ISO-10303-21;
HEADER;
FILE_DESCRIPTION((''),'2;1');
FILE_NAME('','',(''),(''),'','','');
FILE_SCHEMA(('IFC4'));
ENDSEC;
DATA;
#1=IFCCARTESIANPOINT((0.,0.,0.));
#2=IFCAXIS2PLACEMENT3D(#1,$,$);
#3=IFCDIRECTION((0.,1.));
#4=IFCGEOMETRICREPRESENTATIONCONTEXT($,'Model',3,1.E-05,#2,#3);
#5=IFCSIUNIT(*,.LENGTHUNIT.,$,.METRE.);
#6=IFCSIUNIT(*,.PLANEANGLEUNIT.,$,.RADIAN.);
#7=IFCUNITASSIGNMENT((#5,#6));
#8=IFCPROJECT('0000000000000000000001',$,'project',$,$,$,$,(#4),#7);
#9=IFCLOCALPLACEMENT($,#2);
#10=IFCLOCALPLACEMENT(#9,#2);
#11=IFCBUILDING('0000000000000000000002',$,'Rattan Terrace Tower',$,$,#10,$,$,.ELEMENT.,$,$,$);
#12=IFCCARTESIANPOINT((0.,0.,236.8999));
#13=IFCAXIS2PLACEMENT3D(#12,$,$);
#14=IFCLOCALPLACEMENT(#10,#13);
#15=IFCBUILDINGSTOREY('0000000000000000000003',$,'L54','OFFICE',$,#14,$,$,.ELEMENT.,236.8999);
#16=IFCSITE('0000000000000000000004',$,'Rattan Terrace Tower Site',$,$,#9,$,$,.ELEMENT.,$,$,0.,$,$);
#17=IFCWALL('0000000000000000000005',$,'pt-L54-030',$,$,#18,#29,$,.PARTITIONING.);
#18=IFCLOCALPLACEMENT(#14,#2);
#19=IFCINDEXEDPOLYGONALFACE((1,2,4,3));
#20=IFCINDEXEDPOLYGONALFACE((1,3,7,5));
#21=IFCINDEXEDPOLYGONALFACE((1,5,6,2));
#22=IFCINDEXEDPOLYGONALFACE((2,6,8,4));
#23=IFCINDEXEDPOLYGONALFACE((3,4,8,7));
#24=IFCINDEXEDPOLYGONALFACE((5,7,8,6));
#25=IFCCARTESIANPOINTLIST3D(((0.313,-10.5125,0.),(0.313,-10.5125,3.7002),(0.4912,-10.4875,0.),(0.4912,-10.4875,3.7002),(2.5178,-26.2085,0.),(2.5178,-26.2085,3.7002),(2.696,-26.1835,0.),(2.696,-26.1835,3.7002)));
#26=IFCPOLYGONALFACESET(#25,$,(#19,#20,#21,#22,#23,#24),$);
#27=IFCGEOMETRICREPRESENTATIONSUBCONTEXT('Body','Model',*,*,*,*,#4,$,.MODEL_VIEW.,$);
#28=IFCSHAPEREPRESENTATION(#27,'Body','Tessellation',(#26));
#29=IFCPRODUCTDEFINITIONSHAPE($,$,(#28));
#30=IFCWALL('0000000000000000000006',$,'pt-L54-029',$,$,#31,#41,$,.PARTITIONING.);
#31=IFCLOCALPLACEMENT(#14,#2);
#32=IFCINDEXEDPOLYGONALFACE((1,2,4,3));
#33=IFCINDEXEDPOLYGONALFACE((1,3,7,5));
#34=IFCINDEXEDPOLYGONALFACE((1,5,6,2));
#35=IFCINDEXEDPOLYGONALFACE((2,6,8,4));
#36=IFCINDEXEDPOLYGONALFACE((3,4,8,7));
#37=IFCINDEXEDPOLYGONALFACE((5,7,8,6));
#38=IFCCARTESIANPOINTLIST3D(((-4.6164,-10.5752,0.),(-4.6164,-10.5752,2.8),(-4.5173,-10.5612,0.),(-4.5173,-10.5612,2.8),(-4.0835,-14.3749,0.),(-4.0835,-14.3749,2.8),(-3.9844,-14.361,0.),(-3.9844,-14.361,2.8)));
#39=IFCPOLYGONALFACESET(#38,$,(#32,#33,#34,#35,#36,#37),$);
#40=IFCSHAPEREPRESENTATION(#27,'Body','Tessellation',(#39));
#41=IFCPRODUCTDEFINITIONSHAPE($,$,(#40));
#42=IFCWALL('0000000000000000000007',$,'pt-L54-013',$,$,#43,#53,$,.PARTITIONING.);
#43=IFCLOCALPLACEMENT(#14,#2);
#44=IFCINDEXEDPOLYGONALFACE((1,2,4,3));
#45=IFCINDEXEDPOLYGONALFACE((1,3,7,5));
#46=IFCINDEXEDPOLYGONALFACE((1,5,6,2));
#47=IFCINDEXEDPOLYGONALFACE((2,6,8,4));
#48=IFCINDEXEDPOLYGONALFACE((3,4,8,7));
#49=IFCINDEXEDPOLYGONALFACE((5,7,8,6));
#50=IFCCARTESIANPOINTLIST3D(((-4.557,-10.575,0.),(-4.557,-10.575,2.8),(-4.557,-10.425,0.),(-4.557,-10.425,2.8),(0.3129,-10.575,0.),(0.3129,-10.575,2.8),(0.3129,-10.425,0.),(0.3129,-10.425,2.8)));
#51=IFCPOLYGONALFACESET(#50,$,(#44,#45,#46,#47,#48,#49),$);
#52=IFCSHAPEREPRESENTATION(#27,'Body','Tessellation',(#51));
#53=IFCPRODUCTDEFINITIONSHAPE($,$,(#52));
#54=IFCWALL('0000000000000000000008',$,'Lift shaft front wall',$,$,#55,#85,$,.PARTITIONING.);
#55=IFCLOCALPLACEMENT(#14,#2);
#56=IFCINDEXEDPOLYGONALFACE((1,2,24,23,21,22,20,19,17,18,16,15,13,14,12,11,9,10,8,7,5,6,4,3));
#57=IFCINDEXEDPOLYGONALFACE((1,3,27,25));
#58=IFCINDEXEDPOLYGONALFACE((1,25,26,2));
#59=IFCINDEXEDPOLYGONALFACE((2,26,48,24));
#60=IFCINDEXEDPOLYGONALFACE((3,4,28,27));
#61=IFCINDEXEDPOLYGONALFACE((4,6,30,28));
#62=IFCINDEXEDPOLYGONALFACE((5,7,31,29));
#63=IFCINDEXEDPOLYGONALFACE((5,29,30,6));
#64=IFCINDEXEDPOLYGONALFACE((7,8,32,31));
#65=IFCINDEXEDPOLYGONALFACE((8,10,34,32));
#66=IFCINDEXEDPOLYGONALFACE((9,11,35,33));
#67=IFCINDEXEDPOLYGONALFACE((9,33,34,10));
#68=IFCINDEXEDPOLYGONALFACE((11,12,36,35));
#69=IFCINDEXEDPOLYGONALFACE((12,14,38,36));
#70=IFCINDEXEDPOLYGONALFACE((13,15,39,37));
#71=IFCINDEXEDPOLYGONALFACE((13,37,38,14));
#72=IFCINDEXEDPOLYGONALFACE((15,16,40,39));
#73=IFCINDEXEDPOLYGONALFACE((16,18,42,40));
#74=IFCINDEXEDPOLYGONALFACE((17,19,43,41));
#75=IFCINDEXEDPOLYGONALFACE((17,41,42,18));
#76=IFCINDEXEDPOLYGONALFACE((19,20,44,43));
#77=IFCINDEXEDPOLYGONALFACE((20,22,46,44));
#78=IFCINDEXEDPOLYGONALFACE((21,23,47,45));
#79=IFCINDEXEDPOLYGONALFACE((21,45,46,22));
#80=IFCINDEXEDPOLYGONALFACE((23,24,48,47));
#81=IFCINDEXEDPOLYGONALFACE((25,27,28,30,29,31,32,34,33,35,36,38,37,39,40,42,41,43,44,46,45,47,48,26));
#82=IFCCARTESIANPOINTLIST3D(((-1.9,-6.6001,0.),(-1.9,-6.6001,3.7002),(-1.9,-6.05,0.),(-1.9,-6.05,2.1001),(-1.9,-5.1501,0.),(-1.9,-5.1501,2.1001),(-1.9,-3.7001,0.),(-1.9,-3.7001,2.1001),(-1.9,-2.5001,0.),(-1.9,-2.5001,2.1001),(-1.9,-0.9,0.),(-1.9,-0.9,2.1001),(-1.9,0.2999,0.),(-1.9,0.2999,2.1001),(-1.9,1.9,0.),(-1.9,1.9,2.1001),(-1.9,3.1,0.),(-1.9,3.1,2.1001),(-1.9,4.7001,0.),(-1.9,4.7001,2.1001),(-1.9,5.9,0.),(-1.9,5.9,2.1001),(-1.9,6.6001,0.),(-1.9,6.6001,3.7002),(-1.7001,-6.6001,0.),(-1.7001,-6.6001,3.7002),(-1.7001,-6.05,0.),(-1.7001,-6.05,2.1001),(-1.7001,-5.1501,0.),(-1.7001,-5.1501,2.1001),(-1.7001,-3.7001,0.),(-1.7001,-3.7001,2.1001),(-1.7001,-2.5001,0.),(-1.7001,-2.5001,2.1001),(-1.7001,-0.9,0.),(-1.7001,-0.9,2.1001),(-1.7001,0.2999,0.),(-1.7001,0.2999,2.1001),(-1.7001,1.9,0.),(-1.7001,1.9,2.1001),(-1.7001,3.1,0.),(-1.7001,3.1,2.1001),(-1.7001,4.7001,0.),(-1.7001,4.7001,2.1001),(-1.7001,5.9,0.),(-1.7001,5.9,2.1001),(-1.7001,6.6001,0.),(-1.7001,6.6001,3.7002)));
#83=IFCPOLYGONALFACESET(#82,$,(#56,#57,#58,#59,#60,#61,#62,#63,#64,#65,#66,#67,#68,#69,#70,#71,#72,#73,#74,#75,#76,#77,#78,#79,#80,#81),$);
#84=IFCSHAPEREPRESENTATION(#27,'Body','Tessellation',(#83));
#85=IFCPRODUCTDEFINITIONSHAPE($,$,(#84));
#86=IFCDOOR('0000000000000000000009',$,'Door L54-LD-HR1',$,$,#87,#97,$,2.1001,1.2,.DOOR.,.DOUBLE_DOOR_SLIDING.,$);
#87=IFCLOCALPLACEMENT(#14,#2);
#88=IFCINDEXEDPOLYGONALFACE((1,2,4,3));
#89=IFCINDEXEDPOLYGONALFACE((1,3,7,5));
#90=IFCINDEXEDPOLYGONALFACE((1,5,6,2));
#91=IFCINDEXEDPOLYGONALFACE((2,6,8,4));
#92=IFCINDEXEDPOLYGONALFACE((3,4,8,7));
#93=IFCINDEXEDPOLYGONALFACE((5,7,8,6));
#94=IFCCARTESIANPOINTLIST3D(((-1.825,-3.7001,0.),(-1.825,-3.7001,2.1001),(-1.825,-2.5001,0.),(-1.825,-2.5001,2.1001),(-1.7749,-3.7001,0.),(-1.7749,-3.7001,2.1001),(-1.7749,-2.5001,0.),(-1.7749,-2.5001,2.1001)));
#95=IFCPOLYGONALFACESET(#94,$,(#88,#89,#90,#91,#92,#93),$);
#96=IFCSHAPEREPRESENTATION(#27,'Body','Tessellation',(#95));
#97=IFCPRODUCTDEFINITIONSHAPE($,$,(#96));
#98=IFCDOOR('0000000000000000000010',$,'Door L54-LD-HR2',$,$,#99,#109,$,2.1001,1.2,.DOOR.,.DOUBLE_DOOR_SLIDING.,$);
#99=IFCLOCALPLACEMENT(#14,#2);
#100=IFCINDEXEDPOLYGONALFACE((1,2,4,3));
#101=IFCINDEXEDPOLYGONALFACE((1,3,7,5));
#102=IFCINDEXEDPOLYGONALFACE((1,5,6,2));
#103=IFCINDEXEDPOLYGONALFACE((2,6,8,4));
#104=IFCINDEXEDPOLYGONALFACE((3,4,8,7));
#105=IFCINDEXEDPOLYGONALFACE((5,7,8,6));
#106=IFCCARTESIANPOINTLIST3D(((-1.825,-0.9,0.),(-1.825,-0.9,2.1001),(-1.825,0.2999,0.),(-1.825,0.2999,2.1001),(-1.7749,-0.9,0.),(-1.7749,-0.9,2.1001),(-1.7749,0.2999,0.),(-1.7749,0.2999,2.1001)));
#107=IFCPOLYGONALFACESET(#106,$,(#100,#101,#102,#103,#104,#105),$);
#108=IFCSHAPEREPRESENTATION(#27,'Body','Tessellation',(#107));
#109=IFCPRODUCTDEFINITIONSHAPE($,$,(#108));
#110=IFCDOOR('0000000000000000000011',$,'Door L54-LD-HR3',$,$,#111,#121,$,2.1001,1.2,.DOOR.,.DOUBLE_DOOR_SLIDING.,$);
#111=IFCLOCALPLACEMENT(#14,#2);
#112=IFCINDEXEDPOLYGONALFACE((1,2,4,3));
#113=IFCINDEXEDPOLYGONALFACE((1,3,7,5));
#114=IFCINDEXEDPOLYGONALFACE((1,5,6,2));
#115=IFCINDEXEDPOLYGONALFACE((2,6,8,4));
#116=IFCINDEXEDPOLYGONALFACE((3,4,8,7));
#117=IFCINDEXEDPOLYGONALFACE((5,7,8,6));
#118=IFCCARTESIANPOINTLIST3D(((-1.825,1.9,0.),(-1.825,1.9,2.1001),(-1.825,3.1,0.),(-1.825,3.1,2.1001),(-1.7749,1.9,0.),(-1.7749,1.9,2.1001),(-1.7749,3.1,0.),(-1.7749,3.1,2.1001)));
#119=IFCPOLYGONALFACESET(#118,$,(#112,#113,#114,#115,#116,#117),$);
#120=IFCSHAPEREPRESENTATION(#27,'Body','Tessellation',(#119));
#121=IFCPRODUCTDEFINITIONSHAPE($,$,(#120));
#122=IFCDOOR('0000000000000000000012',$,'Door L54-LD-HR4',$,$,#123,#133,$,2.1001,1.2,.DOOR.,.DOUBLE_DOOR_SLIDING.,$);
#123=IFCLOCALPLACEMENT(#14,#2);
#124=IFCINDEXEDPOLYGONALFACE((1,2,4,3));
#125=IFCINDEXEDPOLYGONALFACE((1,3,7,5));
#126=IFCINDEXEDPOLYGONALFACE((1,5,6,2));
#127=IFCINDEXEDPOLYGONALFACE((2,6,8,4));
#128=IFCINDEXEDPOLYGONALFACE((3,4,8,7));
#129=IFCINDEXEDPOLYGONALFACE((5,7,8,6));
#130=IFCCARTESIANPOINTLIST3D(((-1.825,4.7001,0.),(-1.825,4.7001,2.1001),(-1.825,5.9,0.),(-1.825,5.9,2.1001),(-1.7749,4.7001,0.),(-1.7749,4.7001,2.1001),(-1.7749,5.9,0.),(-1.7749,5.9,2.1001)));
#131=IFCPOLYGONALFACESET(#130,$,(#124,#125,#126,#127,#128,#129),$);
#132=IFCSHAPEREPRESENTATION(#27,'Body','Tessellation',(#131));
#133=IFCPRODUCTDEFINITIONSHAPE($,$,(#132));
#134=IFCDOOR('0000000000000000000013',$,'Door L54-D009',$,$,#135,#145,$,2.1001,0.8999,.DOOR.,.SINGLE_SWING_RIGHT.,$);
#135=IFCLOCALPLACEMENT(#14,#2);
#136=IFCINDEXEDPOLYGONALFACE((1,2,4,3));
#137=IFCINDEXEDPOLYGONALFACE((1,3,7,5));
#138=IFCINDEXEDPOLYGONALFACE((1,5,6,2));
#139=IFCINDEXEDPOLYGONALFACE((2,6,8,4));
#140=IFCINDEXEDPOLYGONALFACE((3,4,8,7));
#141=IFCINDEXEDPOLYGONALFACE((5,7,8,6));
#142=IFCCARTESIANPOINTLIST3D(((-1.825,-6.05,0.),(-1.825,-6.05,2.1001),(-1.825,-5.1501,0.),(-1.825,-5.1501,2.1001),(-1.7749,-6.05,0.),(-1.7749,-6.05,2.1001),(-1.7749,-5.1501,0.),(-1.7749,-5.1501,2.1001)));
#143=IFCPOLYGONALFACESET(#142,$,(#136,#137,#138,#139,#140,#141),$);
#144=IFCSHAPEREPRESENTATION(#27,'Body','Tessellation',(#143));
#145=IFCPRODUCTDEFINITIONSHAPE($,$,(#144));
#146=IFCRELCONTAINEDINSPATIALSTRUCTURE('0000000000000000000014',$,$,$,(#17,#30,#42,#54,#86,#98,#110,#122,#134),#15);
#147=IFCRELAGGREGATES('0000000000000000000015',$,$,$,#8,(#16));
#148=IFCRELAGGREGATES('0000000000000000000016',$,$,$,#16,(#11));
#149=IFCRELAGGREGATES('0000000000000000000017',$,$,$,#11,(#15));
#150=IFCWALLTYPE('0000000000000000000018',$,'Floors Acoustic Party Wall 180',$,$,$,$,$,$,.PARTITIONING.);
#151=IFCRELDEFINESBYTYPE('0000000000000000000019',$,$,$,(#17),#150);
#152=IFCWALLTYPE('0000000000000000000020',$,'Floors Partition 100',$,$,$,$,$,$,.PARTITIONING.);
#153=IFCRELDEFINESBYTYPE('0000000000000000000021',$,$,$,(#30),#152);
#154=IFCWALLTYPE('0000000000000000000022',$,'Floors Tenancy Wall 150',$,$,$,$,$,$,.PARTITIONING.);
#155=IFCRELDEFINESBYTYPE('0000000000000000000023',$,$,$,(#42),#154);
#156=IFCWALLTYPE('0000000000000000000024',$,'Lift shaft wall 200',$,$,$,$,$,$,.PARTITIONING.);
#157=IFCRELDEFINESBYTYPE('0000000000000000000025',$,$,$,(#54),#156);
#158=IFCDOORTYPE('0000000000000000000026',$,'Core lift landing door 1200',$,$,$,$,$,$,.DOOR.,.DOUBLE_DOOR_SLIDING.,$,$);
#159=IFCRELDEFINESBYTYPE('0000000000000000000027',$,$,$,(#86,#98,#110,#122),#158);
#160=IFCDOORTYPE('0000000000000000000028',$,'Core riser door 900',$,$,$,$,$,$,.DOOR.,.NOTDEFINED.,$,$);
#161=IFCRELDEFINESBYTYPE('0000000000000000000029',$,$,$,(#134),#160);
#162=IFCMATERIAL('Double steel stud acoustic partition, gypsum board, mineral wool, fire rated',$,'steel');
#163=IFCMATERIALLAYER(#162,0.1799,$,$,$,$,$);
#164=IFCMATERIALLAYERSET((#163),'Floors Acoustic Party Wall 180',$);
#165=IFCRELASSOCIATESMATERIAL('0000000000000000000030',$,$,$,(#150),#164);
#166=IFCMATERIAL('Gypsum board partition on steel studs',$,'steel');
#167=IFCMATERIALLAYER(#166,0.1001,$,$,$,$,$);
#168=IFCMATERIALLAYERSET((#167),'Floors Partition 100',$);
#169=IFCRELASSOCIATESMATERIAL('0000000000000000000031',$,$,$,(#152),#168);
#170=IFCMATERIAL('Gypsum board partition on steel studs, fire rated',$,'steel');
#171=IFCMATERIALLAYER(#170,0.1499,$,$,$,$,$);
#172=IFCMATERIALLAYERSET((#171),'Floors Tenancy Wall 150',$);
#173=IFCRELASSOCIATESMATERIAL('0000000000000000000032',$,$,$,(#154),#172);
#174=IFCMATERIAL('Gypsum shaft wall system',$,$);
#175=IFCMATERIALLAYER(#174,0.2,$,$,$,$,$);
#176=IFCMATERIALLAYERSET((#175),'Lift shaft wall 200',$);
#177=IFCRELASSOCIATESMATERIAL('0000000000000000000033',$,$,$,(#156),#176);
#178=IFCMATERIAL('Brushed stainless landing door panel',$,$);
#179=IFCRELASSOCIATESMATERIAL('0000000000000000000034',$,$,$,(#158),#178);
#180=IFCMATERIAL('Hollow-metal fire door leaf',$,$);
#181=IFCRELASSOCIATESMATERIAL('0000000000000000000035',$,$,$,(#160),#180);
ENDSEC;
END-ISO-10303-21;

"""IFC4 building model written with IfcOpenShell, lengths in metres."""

from ifc_helpers import new_model, si_unit, direction, frame, frame_2d, origin, place, context, subcontext, project, spatial, rectangle, extrude, material, layer, layer_set, type_object, element, fill, save


model = new_model("IFC4")

# Units and contexts
model_context = context("Model", 3, precision=1e-05, world=origin(), true_north=direction((0.0, 1.0)))
body_context = subcontext(model_context, "Body", "Model", "MODEL_VIEW")
ifc_project = project(units=[si_unit("LENGTHUNIT", "METRE"), si_unit("PLANEANGLEUNIT", "RADIAN")], contexts=[model_context])

# Site, building, storey
site_placement = place(None, origin())
site = spatial("IfcSite", under=ifc_project, at=site_placement, Name="Rattan Terrace Tower Site", CompositionType="ELEMENT", RefElevation=0.0)
building_placement = place(site_placement, origin())
building = spatial("IfcBuilding", under=site, at=building_placement, Name="Rattan Terrace Tower", CompositionType="ELEMENT")
storey_placement = place(building_placement, frame((0.0, 0.0, 236.8999)))
storey = spatial("IfcBuildingStorey", under=building, at=storey_placement, Name="L54", Description="OFFICE", CompositionType="ELEMENT", Elevation=236.8999)

# Walls
ifc_material_1 = material(Name="Double steel stud acoustic partition, gypsum board, mineral wool, fire rated", Category="steel")
ifc_layer_1 = layer(ifc_material_1, 0.1799)
ifc_layer_set_1 = layer_set([ifc_layer_1], Name="Floors Acoustic Party Wall 180")
wall_type_1 = type_object("IfcWallType", Name="Floors Acoustic Party Wall 180", PredefinedType="PARTITIONING", material=ifc_layer_set_1)
wall_1_placement = place(storey_placement, frame((0.4021, -10.5, 0.0), z_axis=(0.0, 0.0, 1.0), x_axis=(0.139105, -0.990278, 0.0)))
element("IfcWall", 1, at=wall_1_placement, inside=storey, type_object=wall_type_1, Name="pt-L54-030", PredefinedType="PARTITIONING", context=body_context, shape_type="SweptSolid", body=[
    extrude(rectangle(XDim=15.8501, YDim=0.1799, at=frame_2d((7.925, 0.0))), origin(), (0.0, 0.0, 1.0), 3.7002),
])
ifc_material_2 = material(Name="Gypsum board partition on steel studs", Category="steel")
ifc_layer_2 = layer(ifc_material_2, 0.1001)
ifc_layer_set_2 = layer_set([ifc_layer_2], Name="Floors Partition 100")
wall_type_2 = type_object("IfcWallType", Name="Floors Partition 100", PredefinedType="PARTITIONING", material=ifc_layer_set_2)
wall_2_placement = place(storey_placement, frame((-4.0339, -14.3679, 0.0), z_axis=(0.0, 0.0, 1.0), x_axis=(-0.1389, 0.990306, 0.0)))
element("IfcWall", 2, at=wall_2_placement, inside=storey, type_object=wall_type_2, Name="pt-L54-029", PredefinedType="PARTITIONING", context=body_context, shape_type="SweptSolid", body=[
    extrude(rectangle(XDim=3.8369, YDim=0.1001, at=frame_2d((1.9185, 0.0))), origin(), (0.0, 0.0, 1.0), 2.8),
])
ifc_material_3 = material(Name="Gypsum board partition on steel studs, fire rated", Category="steel")
ifc_layer_3 = layer(ifc_material_3, 0.1499)
ifc_layer_set_3 = layer_set([ifc_layer_3], Name="Floors Tenancy Wall 150")
wall_type_3 = type_object("IfcWallType", Name="Floors Tenancy Wall 150", PredefinedType="PARTITIONING", material=ifc_layer_set_3)
wall_3_placement = place(storey_placement, frame((0.313, -10.5, 0.0), z_axis=(0.0, 0.0, 1.0), x_axis=(-1.0, 0.0, 0.0)))
element("IfcWall", 3, at=wall_3_placement, inside=storey, type_object=wall_type_3, Name="pt-L54-013", PredefinedType="PARTITIONING", context=body_context, shape_type="SweptSolid", body=[
    extrude(rectangle(XDim=4.8699, YDim=0.1499, at=frame_2d((2.4351, 0.0))), origin(), (0.0, 0.0, 1.0), 2.8),
])

# Wall, openings, doors
ifc_material_4 = material(Name="Gypsum shaft wall system")
ifc_layer_4 = layer(ifc_material_4, 0.2)
ifc_layer_set_4 = layer_set([ifc_layer_4], Name="Lift shaft wall 200")
wall_type_4 = type_object("IfcWallType", Name="Lift shaft wall 200", PredefinedType="PARTITIONING", material=ifc_layer_set_4)
wall_4_placement = place(storey_placement, frame((-1.8, -6.6001, 0.0), z_axis=(0.0, 0.0, 1.0), x_axis=(0.0, 1.0, 0.0)))
wall_4 = element("IfcWall", 4, at=wall_4_placement, inside=storey, type_object=wall_type_4, Name="Lift shaft front wall", PredefinedType="PARTITIONING", context=body_context, shape_type="SweptSolid", body=[
    extrude(rectangle(XDim=13.2002, YDim=0.2, at=frame_2d((6.6001, 0.0))), origin(), (0.0, 0.0, 1.0), 3.7002),
])
opening_1_placement = place(wall_4_placement, frame((0.55, 0.0, 0.0)))
opening_1 = element("IfcOpeningElement", 5, at=opening_1_placement, cuts=wall_4, PredefinedType="OPENING", context=body_context, shape_type="SweptSolid", body=[
    extrude(rectangle(XDim=0.8999, YDim=2.1001, at=frame_2d((0.45, 1.05))), frame((0.0, 0.1106, 0.0), z_axis=(0.0, -1.0, 0.0), x_axis=(1.0, 0.0, 0.0)), (0.0, 0.0, 1.0), 0.2209),
])
opening_2_placement = place(wall_4_placement, frame((2.8999, 0.0, 0.0)))
opening_2 = element("IfcOpeningElement", 6, at=opening_2_placement, cuts=wall_4, PredefinedType="OPENING", context=body_context, shape_type="SweptSolid", body=[
    extrude(rectangle(XDim=1.2, YDim=2.1001, at=frame_2d((0.6001, 1.05))), frame((0.0, 0.1106, 0.0), z_axis=(0.0, -1.0, 0.0), x_axis=(1.0, 0.0, 0.0)), (0.0, 0.0, 1.0), 0.2209),
])
opening_3_placement = place(wall_4_placement, frame((5.7, 0.0, 0.0)))
opening_3 = element("IfcOpeningElement", 7, at=opening_3_placement, cuts=wall_4, PredefinedType="OPENING", context=body_context, shape_type="SweptSolid", body=[
    extrude(rectangle(XDim=1.2, YDim=2.1001, at=frame_2d((0.6001, 1.05))), frame((0.0, 0.1106, 0.0), z_axis=(0.0, -1.0, 0.0), x_axis=(1.0, 0.0, 0.0)), (0.0, 0.0, 1.0), 0.2209),
])
opening_4_placement = place(wall_4_placement, frame((8.5, 0.0, 0.0)))
opening_4 = element("IfcOpeningElement", 8, at=opening_4_placement, cuts=wall_4, PredefinedType="OPENING", context=body_context, shape_type="SweptSolid", body=[
    extrude(rectangle(XDim=1.2, YDim=2.1001, at=frame_2d((0.6001, 1.05))), frame((0.0, 0.1106, 0.0), z_axis=(0.0, -1.0, 0.0), x_axis=(1.0, 0.0, 0.0)), (0.0, 0.0, 1.0), 0.2209),
])
opening_5_placement = place(wall_4_placement, frame((11.3, 0.0, 0.0)))
opening_5 = element("IfcOpeningElement", 9, at=opening_5_placement, cuts=wall_4, PredefinedType="OPENING", context=body_context, shape_type="SweptSolid", body=[
    extrude(rectangle(XDim=1.2, YDim=2.1001, at=frame_2d((0.6001, 1.05))), frame((0.0, 0.1106, 0.0), z_axis=(0.0, -1.0, 0.0), x_axis=(1.0, 0.0, 0.0)), (0.0, 0.0, 1.0), 0.2209),
])
ifc_material_5 = material(Name="Brushed stainless landing door panel")
door_type_1 = type_object("IfcDoorType", Name="Core lift landing door 1200", OperationType="DOUBLE_DOOR_SLIDING", PredefinedType="DOOR", material=ifc_material_5)
door_1_placement = place(opening_2_placement, origin())
door_1 = element("IfcDoor", 10, at=door_1_placement, inside=storey, type_object=door_type_1, Name="Door L54-LD-HR1", OperationType="DOUBLE_DOOR_SLIDING", OverallHeight=2.1001, OverallWidth=1.2, PredefinedType="DOOR", context=body_context, shape_type="SweptSolid", body=[
    extrude(rectangle(XDim=1.2, YDim=2.1001, at=frame_2d((0.6001, 1.05))), frame((0.0, 0.0249, 0.0), z_axis=(0.0, -1.0, 0.0), x_axis=(1.0, 0.0, 0.0)), (0.0, 0.0, 1.0), 0.05),
])
fill(opening_2, door_1)
door_2_placement = place(opening_3_placement, origin())
door_2 = element("IfcDoor", 11, at=door_2_placement, inside=storey, type_object=door_type_1, Name="Door L54-LD-HR2", OperationType="DOUBLE_DOOR_SLIDING", OverallHeight=2.1001, OverallWidth=1.2, PredefinedType="DOOR", context=body_context, shape_type="SweptSolid", body=[
    extrude(rectangle(XDim=1.2, YDim=2.1001, at=frame_2d((0.6001, 1.05))), frame((0.0, 0.0249, 0.0), z_axis=(0.0, -1.0, 0.0), x_axis=(1.0, 0.0, 0.0)), (0.0, 0.0, 1.0), 0.05),
])
fill(opening_3, door_2)
door_3_placement = place(opening_4_placement, origin())
door_3 = element("IfcDoor", 12, at=door_3_placement, inside=storey, type_object=door_type_1, Name="Door L54-LD-HR3", OperationType="DOUBLE_DOOR_SLIDING", OverallHeight=2.1001, OverallWidth=1.2, PredefinedType="DOOR", context=body_context, shape_type="SweptSolid", body=[
    extrude(rectangle(XDim=1.2, YDim=2.1001, at=frame_2d((0.6001, 1.05))), frame((0.0, 0.0249, 0.0), z_axis=(0.0, -1.0, 0.0), x_axis=(1.0, 0.0, 0.0)), (0.0, 0.0, 1.0), 0.05),
])
fill(opening_4, door_3)
door_4_placement = place(opening_5_placement, origin())
door_4 = element("IfcDoor", 13, at=door_4_placement, inside=storey, type_object=door_type_1, Name="Door L54-LD-HR4", OperationType="DOUBLE_DOOR_SLIDING", OverallHeight=2.1001, OverallWidth=1.2, PredefinedType="DOOR", context=body_context, shape_type="SweptSolid", body=[
    extrude(rectangle(XDim=1.2, YDim=2.1001, at=frame_2d((0.6001, 1.05))), frame((0.0, 0.0249, 0.0), z_axis=(0.0, -1.0, 0.0), x_axis=(1.0, 0.0, 0.0)), (0.0, 0.0, 1.0), 0.05),
])
fill(opening_5, door_4)
ifc_material_6 = material(Name="Hollow-metal fire door leaf")
door_type_2 = type_object("IfcDoorType", Name="Core riser door 900", OperationType="NOTDEFINED", PredefinedType="DOOR", material=ifc_material_6)
door_5_placement = place(opening_1_placement, origin())
door_5 = element("IfcDoor", 14, at=door_5_placement, inside=storey, type_object=door_type_2, Name="Door L54-D009", OperationType="SINGLE_SWING_RIGHT", OverallHeight=2.1001, OverallWidth=0.8999, PredefinedType="DOOR", context=body_context, shape_type="SweptSolid", body=[
    extrude(rectangle(XDim=0.8999, YDim=2.1001, at=frame_2d((0.45, 1.05))), frame((0.0, 0.0249, 0.0), z_axis=(0.0, -1.0, 0.0), x_axis=(1.0, 0.0, 0.0)), (0.0, 0.0, 1.0), 0.05),
])
fill(opening_1, door_5)

save(model, "model.ifc")
